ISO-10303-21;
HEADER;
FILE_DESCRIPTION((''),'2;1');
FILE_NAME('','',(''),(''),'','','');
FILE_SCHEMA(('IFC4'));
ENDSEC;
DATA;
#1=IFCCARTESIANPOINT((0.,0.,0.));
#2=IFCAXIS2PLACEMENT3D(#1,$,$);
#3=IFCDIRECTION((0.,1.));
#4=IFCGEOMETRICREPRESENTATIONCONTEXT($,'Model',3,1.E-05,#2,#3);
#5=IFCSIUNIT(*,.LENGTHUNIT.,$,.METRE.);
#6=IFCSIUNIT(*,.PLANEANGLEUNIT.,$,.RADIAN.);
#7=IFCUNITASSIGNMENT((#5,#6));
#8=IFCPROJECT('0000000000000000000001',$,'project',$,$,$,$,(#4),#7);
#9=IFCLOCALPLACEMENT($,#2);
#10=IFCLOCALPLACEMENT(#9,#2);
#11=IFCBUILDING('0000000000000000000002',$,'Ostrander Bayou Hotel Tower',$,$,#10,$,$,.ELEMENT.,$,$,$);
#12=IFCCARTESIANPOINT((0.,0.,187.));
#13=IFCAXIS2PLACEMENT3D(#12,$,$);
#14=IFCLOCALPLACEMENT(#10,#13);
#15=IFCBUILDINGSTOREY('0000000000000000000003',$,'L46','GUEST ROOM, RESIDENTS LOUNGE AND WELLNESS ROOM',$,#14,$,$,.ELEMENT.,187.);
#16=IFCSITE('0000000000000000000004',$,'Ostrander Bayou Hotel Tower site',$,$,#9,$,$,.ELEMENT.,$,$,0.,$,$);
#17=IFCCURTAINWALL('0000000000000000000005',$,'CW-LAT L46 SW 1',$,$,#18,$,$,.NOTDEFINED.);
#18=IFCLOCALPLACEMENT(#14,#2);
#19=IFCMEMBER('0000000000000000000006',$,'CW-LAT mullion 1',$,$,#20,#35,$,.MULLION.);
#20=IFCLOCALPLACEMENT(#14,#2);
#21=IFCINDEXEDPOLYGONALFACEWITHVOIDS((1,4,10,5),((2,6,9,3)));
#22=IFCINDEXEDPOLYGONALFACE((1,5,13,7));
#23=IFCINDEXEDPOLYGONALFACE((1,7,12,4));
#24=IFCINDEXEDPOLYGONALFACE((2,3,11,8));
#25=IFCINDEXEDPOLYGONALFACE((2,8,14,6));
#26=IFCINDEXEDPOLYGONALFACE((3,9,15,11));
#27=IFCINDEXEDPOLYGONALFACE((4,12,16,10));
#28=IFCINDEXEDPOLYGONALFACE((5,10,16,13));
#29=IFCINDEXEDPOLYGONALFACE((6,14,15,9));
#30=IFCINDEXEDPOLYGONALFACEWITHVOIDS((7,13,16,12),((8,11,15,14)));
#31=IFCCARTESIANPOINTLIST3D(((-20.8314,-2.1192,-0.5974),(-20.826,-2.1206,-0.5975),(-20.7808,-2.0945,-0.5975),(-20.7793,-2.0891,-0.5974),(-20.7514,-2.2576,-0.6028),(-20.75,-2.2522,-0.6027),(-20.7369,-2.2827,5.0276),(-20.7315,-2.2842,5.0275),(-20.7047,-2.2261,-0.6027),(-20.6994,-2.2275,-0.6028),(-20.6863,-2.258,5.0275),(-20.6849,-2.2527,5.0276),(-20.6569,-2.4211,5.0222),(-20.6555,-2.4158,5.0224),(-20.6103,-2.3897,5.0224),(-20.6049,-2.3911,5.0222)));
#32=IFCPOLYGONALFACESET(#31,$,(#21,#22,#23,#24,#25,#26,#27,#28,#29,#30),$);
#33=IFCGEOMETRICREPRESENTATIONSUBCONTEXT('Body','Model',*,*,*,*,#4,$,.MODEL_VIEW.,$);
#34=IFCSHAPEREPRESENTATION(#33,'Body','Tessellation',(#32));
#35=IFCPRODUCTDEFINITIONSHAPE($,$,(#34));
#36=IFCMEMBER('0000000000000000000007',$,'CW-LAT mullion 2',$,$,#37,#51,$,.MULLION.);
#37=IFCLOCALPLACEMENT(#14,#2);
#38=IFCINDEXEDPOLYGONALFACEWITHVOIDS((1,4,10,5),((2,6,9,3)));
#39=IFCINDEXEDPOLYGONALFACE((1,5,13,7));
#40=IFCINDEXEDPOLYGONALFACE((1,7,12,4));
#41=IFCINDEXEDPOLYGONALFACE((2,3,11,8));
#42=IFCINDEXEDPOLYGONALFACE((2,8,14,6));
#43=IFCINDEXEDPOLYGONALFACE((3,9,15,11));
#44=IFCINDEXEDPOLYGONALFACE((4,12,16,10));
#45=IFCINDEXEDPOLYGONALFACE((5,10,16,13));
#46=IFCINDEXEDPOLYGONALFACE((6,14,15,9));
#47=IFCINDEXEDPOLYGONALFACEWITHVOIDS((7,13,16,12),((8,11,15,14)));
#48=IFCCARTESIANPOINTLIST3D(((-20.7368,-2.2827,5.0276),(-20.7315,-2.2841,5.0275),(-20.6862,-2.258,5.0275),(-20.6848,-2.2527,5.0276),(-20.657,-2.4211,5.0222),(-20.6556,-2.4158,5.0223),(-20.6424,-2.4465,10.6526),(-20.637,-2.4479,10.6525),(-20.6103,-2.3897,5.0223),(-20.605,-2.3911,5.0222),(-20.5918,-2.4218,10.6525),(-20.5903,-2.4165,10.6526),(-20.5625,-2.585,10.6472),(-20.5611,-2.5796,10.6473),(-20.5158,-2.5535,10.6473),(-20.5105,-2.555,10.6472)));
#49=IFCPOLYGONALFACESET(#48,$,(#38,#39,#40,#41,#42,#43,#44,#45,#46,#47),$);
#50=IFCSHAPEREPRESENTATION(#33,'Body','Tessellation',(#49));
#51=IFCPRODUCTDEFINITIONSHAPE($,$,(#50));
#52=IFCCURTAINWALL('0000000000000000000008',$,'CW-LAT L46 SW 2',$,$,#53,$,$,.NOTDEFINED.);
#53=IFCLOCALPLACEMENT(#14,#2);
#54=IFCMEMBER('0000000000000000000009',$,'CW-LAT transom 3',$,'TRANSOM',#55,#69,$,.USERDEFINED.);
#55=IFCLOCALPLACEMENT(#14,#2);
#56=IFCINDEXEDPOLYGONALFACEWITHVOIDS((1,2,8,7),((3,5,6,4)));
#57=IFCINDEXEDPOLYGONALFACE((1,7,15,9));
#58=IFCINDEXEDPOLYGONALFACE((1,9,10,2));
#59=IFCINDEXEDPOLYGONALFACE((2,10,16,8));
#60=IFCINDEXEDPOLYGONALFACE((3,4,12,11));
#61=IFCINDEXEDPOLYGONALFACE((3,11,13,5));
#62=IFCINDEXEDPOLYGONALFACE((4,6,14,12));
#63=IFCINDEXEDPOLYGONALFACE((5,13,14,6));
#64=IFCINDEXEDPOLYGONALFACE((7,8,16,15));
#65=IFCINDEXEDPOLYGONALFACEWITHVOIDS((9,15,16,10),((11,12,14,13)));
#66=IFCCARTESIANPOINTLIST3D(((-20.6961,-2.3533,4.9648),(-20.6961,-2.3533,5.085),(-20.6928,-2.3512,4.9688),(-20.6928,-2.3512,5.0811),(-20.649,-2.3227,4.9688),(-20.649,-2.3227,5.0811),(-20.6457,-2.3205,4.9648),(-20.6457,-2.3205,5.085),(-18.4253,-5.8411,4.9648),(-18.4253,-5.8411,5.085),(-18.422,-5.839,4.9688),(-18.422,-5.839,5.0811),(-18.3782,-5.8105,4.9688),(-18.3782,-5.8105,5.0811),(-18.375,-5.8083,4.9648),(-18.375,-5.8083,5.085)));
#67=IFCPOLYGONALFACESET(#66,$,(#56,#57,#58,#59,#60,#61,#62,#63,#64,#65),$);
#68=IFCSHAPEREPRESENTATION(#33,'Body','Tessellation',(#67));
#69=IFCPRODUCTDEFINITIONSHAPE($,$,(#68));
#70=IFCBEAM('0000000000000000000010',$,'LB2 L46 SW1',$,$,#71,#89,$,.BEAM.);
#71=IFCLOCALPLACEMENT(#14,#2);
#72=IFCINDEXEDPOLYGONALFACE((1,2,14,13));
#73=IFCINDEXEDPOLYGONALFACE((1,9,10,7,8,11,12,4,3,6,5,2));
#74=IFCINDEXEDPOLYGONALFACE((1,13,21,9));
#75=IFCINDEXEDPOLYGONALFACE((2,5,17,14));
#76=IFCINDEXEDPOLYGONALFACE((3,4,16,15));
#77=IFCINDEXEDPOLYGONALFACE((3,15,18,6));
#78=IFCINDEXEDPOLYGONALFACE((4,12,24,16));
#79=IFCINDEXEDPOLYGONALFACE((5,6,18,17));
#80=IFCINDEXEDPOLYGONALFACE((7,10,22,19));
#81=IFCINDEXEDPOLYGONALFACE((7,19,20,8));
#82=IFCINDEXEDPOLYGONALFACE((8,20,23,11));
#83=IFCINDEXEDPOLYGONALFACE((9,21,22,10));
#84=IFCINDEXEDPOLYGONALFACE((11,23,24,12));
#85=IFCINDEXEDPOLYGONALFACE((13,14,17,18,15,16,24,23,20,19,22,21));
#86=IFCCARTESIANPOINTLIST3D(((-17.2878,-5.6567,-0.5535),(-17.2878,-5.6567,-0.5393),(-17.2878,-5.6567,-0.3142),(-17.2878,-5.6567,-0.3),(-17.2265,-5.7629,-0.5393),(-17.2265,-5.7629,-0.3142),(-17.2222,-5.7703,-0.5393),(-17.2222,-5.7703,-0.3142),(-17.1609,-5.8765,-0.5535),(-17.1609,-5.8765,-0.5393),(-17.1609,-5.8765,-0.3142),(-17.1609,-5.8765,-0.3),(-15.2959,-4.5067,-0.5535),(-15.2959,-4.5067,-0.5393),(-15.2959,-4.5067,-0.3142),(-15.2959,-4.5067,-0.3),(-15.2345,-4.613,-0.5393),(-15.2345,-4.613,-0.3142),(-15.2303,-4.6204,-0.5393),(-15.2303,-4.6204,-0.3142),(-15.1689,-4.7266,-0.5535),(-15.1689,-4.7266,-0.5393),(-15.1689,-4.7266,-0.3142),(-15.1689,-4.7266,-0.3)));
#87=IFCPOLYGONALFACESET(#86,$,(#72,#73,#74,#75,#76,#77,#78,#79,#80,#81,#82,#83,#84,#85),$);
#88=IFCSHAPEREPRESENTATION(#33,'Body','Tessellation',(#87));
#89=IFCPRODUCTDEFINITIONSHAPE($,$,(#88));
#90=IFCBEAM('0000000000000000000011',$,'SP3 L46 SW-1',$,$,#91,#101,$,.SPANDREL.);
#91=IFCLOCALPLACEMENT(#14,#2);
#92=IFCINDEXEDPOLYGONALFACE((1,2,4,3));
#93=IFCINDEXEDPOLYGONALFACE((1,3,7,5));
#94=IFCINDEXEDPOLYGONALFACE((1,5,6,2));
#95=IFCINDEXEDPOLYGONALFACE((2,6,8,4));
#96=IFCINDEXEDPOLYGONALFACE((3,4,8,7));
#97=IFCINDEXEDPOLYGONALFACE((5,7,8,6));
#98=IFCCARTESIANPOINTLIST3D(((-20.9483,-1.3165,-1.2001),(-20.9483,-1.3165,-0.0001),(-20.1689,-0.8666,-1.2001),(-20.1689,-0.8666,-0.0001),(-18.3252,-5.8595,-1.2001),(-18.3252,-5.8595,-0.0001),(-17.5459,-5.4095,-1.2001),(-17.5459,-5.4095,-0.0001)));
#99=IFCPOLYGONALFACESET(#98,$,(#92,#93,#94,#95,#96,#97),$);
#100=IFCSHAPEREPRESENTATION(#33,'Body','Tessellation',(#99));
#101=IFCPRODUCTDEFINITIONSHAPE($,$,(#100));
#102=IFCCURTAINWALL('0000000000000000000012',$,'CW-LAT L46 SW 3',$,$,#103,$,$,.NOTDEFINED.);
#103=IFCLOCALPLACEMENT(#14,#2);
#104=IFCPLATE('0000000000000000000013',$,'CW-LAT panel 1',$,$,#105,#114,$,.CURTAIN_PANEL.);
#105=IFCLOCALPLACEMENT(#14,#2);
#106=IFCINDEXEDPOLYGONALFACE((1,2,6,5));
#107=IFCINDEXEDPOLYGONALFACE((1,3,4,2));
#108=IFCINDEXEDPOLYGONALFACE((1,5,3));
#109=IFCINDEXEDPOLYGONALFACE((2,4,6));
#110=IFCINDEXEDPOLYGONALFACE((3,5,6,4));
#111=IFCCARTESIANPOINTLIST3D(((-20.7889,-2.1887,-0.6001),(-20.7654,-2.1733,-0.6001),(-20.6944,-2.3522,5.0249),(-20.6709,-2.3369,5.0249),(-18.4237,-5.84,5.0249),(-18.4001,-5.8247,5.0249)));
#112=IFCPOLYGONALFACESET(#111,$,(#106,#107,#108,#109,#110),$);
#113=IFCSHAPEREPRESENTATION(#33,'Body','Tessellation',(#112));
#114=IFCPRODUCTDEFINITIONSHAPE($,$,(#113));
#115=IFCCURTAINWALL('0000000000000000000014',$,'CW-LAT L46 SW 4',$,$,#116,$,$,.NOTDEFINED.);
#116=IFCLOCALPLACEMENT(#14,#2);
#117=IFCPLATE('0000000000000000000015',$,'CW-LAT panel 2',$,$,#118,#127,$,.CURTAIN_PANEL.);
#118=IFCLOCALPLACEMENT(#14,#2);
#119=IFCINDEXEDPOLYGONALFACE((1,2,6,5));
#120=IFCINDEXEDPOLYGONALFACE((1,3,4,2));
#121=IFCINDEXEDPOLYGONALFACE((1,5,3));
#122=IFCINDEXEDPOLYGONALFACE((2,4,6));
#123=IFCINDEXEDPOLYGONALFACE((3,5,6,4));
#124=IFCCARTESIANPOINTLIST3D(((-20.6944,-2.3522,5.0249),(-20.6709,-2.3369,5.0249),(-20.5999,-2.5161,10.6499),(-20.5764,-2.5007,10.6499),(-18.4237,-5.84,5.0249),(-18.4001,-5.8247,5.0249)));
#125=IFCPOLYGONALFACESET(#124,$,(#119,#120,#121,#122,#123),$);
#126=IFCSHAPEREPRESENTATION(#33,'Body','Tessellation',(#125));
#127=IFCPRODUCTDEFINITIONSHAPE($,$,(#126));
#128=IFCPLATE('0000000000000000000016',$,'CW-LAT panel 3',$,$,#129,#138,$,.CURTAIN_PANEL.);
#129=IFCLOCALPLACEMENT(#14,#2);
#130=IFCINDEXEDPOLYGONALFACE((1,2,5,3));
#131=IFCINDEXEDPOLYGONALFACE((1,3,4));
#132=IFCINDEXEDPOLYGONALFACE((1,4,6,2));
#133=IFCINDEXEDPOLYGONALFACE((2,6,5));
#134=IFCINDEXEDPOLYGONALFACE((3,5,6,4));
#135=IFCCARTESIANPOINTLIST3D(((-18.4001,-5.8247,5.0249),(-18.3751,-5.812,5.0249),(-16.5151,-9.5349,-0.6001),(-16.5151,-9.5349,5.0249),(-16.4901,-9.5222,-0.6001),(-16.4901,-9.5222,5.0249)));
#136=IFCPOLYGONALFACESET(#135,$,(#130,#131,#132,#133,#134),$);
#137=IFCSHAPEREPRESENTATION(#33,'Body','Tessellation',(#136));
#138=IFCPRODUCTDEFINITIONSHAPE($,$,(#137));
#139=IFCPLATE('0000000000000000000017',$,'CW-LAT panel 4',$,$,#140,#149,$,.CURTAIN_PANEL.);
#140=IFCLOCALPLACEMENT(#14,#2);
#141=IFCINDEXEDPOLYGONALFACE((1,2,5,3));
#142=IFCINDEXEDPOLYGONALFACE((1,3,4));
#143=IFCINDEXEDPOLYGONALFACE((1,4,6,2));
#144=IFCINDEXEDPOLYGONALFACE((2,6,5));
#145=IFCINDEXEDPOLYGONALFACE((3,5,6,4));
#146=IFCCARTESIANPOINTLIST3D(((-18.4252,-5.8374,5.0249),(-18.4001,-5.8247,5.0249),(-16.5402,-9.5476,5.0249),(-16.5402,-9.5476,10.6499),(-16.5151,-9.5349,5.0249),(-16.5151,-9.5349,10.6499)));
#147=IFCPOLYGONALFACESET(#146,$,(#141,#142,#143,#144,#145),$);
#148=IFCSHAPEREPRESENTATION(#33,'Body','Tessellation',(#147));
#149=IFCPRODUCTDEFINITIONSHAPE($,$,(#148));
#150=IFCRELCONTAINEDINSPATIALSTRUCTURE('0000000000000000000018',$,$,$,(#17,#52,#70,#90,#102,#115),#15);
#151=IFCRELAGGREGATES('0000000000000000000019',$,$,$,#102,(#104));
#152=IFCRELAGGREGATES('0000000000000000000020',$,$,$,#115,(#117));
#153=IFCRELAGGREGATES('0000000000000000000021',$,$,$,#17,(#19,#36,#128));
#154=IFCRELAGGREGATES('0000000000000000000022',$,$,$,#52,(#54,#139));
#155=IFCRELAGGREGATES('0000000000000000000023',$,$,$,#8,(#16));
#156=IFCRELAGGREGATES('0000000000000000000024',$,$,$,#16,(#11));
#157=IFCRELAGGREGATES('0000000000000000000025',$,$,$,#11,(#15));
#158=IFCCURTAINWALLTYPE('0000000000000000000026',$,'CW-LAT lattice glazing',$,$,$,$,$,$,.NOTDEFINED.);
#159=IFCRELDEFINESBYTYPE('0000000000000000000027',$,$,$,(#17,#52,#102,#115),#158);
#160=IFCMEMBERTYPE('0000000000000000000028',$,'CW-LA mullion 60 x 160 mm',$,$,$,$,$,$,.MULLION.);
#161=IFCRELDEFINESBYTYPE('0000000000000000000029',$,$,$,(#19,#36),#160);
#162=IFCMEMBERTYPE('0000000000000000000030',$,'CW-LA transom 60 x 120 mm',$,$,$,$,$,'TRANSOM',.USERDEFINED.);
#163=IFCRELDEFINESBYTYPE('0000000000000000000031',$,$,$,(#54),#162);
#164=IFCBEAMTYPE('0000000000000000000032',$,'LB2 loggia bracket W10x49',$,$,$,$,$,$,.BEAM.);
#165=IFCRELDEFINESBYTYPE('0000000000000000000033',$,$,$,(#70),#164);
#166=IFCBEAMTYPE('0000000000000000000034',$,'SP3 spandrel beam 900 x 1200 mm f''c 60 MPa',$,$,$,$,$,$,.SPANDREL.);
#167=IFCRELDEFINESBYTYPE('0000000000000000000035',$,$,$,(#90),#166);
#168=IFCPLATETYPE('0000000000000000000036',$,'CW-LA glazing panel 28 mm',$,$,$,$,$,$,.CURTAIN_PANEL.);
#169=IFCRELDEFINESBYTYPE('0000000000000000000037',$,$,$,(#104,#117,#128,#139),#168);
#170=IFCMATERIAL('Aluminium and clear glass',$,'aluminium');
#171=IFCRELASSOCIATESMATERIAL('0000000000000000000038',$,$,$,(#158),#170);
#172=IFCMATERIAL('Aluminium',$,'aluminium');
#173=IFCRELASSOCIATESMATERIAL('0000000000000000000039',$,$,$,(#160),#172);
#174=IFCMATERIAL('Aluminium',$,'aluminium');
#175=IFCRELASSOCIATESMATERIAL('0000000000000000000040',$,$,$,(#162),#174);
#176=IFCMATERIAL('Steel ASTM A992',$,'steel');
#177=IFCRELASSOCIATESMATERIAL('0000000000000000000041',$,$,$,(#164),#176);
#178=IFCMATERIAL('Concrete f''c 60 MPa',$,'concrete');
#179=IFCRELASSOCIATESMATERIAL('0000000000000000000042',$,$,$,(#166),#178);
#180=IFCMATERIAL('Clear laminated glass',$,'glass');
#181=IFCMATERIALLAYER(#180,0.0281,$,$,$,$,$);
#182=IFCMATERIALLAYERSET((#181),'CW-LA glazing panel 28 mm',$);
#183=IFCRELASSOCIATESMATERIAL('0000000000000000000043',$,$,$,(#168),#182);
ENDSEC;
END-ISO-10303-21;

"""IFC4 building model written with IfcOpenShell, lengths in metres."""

from ifc_helpers import new_model, si_unit, direction, frame, origin, origin_2d, place, context, subcontext, project, spatial, polyline, rectangle, hollow_rectangle, i_section, outline, extrude, material, layer, layer_set, material_profile, profile_set, type_object, element, aggregate, save


model = new_model("IFC4")

# Units and contexts
model_context = context("Model", 3, precision=1e-05, world=origin(), true_north=direction((0.0, 1.0)))
body_context = subcontext(model_context, "Body", "Model", "MODEL_VIEW")
ifc_project = project(units=[si_unit("LENGTHUNIT", "METRE"), si_unit("PLANEANGLEUNIT", "RADIAN")], contexts=[model_context])

# Site, building, storey
site_placement = place(None, origin())
site = spatial("IfcSite", under=ifc_project, at=site_placement, Name="Ostrander Bayou Hotel Tower site", CompositionType="ELEMENT", RefElevation=0.0)
building_placement = place(site_placement, origin())
building = spatial("IfcBuilding", under=site, at=building_placement, Name="Ostrander Bayou Hotel Tower", CompositionType="ELEMENT")
storey_placement = place(building_placement, frame((0.0, 0.0, 187.0)))
storey = spatial("IfcBuildingStorey", under=building, at=storey_placement, Name="L46", Description="GUEST ROOM, RESIDENTS LOUNGE AND WELLNESS ROOM", CompositionType="ELEMENT", Elevation=187.0)

# Curtain wall, members
ifc_material_1 = material(Name="Aluminium and clear glass", Category="aluminium")
curtain_wall_type = type_object("IfcCurtainWallType", Name="CW-LAT lattice glazing", PredefinedType="NOTDEFINED", material=ifc_material_1)
curtain_wall_1_placement = place(storey_placement, origin())
curtain_wall_1 = element("IfcCurtainWall", 1, at=curtain_wall_1_placement, inside=storey, type_object=curtain_wall_type, Name="CW-LAT L46 SW 1", PredefinedType="NOTDEFINED")
ifc_material_2 = material(Name="Aluminium", Category="aluminium")
ifc_material_profile_1 = material_profile(ifc_material_2, hollow_rectangle(XDim=0.0601, YDim=0.1599, WallThickness=0.0039, at=origin_2d()))
ifc_profile_set_1 = profile_set([ifc_material_profile_1], Name="Aluminium")
member_type_1 = type_object("IfcMemberType", Name="CW-LA mullion 60 x 160 mm", PredefinedType="MULLION", material=ifc_profile_set_1)
member_1_placement = place(storey_placement, frame((-20.7654, -2.1733, -0.6001), z_axis=(0.016787, -0.029063, 0.999437), x_axis=(0.865927, 0.50017, 0.0)))
member_1 = element("IfcMember", 2, at=member_1_placement, type_object=member_type_1, Name="CW-LAT mullion 1", PredefinedType="MULLION", context=body_context, shape_type="SweptSolid", body=[
    extrude(hollow_rectangle(XDim=0.0601, YDim=0.1599, WallThickness=0.0039, at=origin_2d()), origin(), (0.0, 0.0, 1.0), 5.6282),
])
member_2_placement = place(storey_placement, frame((-20.6709, -2.3369, 5.0249), z_axis=(0.016787, -0.029107, 0.999435), x_axis=(0.86625, 0.499611, 0.0)))
member_2 = element("IfcMember", 3, at=member_2_placement, type_object=member_type_1, Name="CW-LAT mullion 2", PredefinedType="MULLION", context=body_context, shape_type="SweptSolid", body=[
    extrude(hollow_rectangle(XDim=0.0601, YDim=0.1599, WallThickness=0.0039, at=origin_2d()), origin(), (0.0, 0.0, 1.0), 5.6282),
])

# Curtain wall, member
curtain_wall_2_placement = place(storey_placement, origin())
curtain_wall_2 = element("IfcCurtainWall", 4, at=curtain_wall_2_placement, inside=storey, type_object=curtain_wall_type, Name="CW-LAT L46 SW 2", PredefinedType="NOTDEFINED")
ifc_material_3 = material(Name="Aluminium", Category="aluminium")
ifc_material_profile_2 = material_profile(ifc_material_3, hollow_rectangle(XDim=0.0601, YDim=0.1201, WallThickness=0.0039, at=origin_2d()))
ifc_profile_set_2 = profile_set([ifc_material_profile_2], Name="Aluminium")
member_type_2 = type_object("IfcMemberType", Name="CW-LA transom 60 x 120 mm", ElementType="TRANSOM", PredefinedType="USERDEFINED", material=ifc_profile_set_2)
member_3_placement = place(storey_placement, frame((-20.6709, -2.3369, 5.0249), z_axis=(0.545611, -0.838039, 0.0), x_axis=(0.838039, 0.545611, 0.0)))
member_3 = element("IfcMember", 5, at=member_3_placement, type_object=member_type_2, Name="CW-LAT transom 3", ObjectType="TRANSOM", PredefinedType="USERDEFINED", context=body_context, shape_type="SweptSolid", body=[
    extrude(hollow_rectangle(XDim=0.0601, YDim=0.1201, WallThickness=0.0039, at=origin_2d()), origin(), (0.0, 0.0, 1.0), 4.1619),
])

# Beams
ifc_material_4 = material(Name="Steel ASTM A992", Category="steel")
ifc_material_profile_3 = material_profile(ifc_material_4, i_section(OverallWidth=0.2539, OverallDepth=0.2534, WebThickness=0.0085, FlangeThickness=0.0142, at=origin_2d()))
ifc_profile_set_3 = profile_set([ifc_material_profile_3], Name="Steel ASTM A992")
beam_type_1 = type_object("IfcBeamType", Name="LB2 loggia bracket W10x49", PredefinedType="BEAM", material=ifc_profile_set_3)
beam_1_placement = place(storey_placement, frame((-17.2244, -5.7666, -0.4268), z_axis=(0.866053, 0.499952, 0.0), x_axis=(-0.499952, 0.866053, 0.0)))
element("IfcBeam", 6, at=beam_1_placement, inside=storey, type_object=beam_type_1, Name="LB2 L46 SW1", PredefinedType="BEAM", context=body_context, shape_type="SweptSolid", body=[
    extrude(i_section(OverallWidth=0.2539, OverallDepth=0.2534, WebThickness=0.0085, FlangeThickness=0.0142, at=origin_2d()), origin(), (0.0, 0.0, 1.0), 2.3),
])
ifc_material_5 = material(Name="Concrete f'c 60 MPa", Category="concrete")
ifc_material_profile_4 = material_profile(ifc_material_5, rectangle(XDim=0.8999, YDim=1.2, at=origin_2d()))
ifc_profile_set_4 = profile_set([ifc_material_profile_4], Name="Concrete f'c 60 MPa")
beam_type_2 = type_object("IfcBeamType", Name="SP3 spandrel beam 900 x 1200 mm f'c 60 MPa", PredefinedType="SPANDREL", material=ifc_profile_set_4)
beam_2_placement = place(storey_placement, frame((-20.5586, -1.0916, -0.6001), z_axis=(0.500023, -0.866012, 0.0), x_axis=(0.866012, 0.500023, 0.0)))
element("IfcBeam", 7, at=beam_2_placement, inside=storey, type_object=beam_type_2, Name="SP3 L46 SW-1", PredefinedType="SPANDREL", context=body_context, shape_type="SweptSolid", body=[
    extrude(rectangle(XDim=0.8999, YDim=1.2, at=origin_2d()), origin(), (0.0, 0.0, 1.0), 5.2458),
])

# Curtain walls, plates
curtain_wall_3_placement = place(storey_placement, origin())
curtain_wall_3 = element("IfcCurtainWall", 8, at=curtain_wall_3_placement, inside=storey, type_object=curtain_wall_type, Name="CW-LAT L46 SW 3", PredefinedType="NOTDEFINED")
ifc_material_6 = material(Name="Clear laminated glass", Category="glass")
ifc_layer_1 = layer(ifc_material_6, 0.0281)
ifc_layer_set_1 = layer_set([ifc_layer_1], Name="CW-LA glazing panel 28 mm")
plate_type = type_object("IfcPlateType", Name="CW-LA glazing panel 28 mm", PredefinedType="CURTAIN_PANEL", material=ifc_layer_set_1)
plate_1_placement = place(storey_placement, frame((-18.4001, -5.8247, 5.0249), z_axis=(0.838037, 0.54561, 0.00179), x_axis=(-0.332613, 0.513476, -0.791019)))
plate_1 = element("IfcPlate", 9, at=plate_1_placement, type_object=plate_type, Name="CW-LAT panel 1", PredefinedType="CURTAIN_PANEL", context=body_context, shape_type="SweptSolid", body=[
    extrude(outline(polyline([(0.0, 0.0), (7.1111, 0.0), (2.5462, 3.2921), (0.0, 0.0)])), origin(), (0.0, 0.0, -1.0), 0.0281),
])
aggregate(curtain_wall_3, [plate_1])
curtain_wall_4_placement = place(storey_placement, origin())
curtain_wall_4 = element("IfcCurtainWall", 10, at=curtain_wall_4_placement, inside=storey, type_object=curtain_wall_type, Name="CW-LAT L46 SW 4", PredefinedType="NOTDEFINED")
plate_2_placement = place(storey_placement, frame((-18.4001, -5.8247, 5.0249), z_axis=(0.838037, 0.54561, 0.001814), x_axis=(-0.316014, 0.482671, 0.816801)))
plate_2 = element("IfcPlate", 11, at=plate_2_placement, type_object=plate_type, Name="CW-LAT panel 2", PredefinedType="CURTAIN_PANEL", context=body_context, shape_type="SweptSolid", body=[
    extrude(outline(polyline([(0.0, 0.0), (6.8866, 0.0), (2.401, -3.3994), (0.0, 0.0)])), origin(), (0.0, 0.0, -1.0), 0.0281),
])
aggregate(curtain_wall_4, [plate_2])

# Plates
plate_3_placement = place(storey_placement, frame((-18.4001, -5.8247, 5.0249), z_axis=(-0.891534, -0.452954, 0.0), x_axis=(0.269398, -0.530248, -0.803904)))
plate_3 = element("IfcPlate", 12, at=plate_3_placement, type_object=plate_type, Name="CW-LAT panel 3", PredefinedType="CURTAIN_PANEL", context=body_context, shape_type="SweptSolid", body=[
    extrude(outline(polyline([(0.0, 0.0), (6.9971, 0.0), (2.4751, 3.3455), (0.0, 0.0)])), origin(), (0.0, 0.0, -1.0), 0.0281),
])
aggregate(curtain_wall_1, [member_1, member_2, plate_3])
plate_4_placement = place(storey_placement, frame((-18.4001, -5.8247, 5.0249), z_axis=(0.891534, 0.452954, 0.0), x_axis=(0.269398, -0.530248, 0.803904)))
plate_4 = element("IfcPlate", 13, at=plate_4_placement, type_object=plate_type, Name="CW-LAT panel 4", PredefinedType="CURTAIN_PANEL", context=body_context, shape_type="SweptSolid", body=[
    extrude(outline(polyline([(0.0, 0.0), (6.9971, 0.0), (2.4751, 3.3455), (0.0, 0.0)])), origin(), (0.0, 0.0, -1.0), 0.0281),
])
aggregate(curtain_wall_2, [member_3, plate_4])

save(model, "model.ifc")
